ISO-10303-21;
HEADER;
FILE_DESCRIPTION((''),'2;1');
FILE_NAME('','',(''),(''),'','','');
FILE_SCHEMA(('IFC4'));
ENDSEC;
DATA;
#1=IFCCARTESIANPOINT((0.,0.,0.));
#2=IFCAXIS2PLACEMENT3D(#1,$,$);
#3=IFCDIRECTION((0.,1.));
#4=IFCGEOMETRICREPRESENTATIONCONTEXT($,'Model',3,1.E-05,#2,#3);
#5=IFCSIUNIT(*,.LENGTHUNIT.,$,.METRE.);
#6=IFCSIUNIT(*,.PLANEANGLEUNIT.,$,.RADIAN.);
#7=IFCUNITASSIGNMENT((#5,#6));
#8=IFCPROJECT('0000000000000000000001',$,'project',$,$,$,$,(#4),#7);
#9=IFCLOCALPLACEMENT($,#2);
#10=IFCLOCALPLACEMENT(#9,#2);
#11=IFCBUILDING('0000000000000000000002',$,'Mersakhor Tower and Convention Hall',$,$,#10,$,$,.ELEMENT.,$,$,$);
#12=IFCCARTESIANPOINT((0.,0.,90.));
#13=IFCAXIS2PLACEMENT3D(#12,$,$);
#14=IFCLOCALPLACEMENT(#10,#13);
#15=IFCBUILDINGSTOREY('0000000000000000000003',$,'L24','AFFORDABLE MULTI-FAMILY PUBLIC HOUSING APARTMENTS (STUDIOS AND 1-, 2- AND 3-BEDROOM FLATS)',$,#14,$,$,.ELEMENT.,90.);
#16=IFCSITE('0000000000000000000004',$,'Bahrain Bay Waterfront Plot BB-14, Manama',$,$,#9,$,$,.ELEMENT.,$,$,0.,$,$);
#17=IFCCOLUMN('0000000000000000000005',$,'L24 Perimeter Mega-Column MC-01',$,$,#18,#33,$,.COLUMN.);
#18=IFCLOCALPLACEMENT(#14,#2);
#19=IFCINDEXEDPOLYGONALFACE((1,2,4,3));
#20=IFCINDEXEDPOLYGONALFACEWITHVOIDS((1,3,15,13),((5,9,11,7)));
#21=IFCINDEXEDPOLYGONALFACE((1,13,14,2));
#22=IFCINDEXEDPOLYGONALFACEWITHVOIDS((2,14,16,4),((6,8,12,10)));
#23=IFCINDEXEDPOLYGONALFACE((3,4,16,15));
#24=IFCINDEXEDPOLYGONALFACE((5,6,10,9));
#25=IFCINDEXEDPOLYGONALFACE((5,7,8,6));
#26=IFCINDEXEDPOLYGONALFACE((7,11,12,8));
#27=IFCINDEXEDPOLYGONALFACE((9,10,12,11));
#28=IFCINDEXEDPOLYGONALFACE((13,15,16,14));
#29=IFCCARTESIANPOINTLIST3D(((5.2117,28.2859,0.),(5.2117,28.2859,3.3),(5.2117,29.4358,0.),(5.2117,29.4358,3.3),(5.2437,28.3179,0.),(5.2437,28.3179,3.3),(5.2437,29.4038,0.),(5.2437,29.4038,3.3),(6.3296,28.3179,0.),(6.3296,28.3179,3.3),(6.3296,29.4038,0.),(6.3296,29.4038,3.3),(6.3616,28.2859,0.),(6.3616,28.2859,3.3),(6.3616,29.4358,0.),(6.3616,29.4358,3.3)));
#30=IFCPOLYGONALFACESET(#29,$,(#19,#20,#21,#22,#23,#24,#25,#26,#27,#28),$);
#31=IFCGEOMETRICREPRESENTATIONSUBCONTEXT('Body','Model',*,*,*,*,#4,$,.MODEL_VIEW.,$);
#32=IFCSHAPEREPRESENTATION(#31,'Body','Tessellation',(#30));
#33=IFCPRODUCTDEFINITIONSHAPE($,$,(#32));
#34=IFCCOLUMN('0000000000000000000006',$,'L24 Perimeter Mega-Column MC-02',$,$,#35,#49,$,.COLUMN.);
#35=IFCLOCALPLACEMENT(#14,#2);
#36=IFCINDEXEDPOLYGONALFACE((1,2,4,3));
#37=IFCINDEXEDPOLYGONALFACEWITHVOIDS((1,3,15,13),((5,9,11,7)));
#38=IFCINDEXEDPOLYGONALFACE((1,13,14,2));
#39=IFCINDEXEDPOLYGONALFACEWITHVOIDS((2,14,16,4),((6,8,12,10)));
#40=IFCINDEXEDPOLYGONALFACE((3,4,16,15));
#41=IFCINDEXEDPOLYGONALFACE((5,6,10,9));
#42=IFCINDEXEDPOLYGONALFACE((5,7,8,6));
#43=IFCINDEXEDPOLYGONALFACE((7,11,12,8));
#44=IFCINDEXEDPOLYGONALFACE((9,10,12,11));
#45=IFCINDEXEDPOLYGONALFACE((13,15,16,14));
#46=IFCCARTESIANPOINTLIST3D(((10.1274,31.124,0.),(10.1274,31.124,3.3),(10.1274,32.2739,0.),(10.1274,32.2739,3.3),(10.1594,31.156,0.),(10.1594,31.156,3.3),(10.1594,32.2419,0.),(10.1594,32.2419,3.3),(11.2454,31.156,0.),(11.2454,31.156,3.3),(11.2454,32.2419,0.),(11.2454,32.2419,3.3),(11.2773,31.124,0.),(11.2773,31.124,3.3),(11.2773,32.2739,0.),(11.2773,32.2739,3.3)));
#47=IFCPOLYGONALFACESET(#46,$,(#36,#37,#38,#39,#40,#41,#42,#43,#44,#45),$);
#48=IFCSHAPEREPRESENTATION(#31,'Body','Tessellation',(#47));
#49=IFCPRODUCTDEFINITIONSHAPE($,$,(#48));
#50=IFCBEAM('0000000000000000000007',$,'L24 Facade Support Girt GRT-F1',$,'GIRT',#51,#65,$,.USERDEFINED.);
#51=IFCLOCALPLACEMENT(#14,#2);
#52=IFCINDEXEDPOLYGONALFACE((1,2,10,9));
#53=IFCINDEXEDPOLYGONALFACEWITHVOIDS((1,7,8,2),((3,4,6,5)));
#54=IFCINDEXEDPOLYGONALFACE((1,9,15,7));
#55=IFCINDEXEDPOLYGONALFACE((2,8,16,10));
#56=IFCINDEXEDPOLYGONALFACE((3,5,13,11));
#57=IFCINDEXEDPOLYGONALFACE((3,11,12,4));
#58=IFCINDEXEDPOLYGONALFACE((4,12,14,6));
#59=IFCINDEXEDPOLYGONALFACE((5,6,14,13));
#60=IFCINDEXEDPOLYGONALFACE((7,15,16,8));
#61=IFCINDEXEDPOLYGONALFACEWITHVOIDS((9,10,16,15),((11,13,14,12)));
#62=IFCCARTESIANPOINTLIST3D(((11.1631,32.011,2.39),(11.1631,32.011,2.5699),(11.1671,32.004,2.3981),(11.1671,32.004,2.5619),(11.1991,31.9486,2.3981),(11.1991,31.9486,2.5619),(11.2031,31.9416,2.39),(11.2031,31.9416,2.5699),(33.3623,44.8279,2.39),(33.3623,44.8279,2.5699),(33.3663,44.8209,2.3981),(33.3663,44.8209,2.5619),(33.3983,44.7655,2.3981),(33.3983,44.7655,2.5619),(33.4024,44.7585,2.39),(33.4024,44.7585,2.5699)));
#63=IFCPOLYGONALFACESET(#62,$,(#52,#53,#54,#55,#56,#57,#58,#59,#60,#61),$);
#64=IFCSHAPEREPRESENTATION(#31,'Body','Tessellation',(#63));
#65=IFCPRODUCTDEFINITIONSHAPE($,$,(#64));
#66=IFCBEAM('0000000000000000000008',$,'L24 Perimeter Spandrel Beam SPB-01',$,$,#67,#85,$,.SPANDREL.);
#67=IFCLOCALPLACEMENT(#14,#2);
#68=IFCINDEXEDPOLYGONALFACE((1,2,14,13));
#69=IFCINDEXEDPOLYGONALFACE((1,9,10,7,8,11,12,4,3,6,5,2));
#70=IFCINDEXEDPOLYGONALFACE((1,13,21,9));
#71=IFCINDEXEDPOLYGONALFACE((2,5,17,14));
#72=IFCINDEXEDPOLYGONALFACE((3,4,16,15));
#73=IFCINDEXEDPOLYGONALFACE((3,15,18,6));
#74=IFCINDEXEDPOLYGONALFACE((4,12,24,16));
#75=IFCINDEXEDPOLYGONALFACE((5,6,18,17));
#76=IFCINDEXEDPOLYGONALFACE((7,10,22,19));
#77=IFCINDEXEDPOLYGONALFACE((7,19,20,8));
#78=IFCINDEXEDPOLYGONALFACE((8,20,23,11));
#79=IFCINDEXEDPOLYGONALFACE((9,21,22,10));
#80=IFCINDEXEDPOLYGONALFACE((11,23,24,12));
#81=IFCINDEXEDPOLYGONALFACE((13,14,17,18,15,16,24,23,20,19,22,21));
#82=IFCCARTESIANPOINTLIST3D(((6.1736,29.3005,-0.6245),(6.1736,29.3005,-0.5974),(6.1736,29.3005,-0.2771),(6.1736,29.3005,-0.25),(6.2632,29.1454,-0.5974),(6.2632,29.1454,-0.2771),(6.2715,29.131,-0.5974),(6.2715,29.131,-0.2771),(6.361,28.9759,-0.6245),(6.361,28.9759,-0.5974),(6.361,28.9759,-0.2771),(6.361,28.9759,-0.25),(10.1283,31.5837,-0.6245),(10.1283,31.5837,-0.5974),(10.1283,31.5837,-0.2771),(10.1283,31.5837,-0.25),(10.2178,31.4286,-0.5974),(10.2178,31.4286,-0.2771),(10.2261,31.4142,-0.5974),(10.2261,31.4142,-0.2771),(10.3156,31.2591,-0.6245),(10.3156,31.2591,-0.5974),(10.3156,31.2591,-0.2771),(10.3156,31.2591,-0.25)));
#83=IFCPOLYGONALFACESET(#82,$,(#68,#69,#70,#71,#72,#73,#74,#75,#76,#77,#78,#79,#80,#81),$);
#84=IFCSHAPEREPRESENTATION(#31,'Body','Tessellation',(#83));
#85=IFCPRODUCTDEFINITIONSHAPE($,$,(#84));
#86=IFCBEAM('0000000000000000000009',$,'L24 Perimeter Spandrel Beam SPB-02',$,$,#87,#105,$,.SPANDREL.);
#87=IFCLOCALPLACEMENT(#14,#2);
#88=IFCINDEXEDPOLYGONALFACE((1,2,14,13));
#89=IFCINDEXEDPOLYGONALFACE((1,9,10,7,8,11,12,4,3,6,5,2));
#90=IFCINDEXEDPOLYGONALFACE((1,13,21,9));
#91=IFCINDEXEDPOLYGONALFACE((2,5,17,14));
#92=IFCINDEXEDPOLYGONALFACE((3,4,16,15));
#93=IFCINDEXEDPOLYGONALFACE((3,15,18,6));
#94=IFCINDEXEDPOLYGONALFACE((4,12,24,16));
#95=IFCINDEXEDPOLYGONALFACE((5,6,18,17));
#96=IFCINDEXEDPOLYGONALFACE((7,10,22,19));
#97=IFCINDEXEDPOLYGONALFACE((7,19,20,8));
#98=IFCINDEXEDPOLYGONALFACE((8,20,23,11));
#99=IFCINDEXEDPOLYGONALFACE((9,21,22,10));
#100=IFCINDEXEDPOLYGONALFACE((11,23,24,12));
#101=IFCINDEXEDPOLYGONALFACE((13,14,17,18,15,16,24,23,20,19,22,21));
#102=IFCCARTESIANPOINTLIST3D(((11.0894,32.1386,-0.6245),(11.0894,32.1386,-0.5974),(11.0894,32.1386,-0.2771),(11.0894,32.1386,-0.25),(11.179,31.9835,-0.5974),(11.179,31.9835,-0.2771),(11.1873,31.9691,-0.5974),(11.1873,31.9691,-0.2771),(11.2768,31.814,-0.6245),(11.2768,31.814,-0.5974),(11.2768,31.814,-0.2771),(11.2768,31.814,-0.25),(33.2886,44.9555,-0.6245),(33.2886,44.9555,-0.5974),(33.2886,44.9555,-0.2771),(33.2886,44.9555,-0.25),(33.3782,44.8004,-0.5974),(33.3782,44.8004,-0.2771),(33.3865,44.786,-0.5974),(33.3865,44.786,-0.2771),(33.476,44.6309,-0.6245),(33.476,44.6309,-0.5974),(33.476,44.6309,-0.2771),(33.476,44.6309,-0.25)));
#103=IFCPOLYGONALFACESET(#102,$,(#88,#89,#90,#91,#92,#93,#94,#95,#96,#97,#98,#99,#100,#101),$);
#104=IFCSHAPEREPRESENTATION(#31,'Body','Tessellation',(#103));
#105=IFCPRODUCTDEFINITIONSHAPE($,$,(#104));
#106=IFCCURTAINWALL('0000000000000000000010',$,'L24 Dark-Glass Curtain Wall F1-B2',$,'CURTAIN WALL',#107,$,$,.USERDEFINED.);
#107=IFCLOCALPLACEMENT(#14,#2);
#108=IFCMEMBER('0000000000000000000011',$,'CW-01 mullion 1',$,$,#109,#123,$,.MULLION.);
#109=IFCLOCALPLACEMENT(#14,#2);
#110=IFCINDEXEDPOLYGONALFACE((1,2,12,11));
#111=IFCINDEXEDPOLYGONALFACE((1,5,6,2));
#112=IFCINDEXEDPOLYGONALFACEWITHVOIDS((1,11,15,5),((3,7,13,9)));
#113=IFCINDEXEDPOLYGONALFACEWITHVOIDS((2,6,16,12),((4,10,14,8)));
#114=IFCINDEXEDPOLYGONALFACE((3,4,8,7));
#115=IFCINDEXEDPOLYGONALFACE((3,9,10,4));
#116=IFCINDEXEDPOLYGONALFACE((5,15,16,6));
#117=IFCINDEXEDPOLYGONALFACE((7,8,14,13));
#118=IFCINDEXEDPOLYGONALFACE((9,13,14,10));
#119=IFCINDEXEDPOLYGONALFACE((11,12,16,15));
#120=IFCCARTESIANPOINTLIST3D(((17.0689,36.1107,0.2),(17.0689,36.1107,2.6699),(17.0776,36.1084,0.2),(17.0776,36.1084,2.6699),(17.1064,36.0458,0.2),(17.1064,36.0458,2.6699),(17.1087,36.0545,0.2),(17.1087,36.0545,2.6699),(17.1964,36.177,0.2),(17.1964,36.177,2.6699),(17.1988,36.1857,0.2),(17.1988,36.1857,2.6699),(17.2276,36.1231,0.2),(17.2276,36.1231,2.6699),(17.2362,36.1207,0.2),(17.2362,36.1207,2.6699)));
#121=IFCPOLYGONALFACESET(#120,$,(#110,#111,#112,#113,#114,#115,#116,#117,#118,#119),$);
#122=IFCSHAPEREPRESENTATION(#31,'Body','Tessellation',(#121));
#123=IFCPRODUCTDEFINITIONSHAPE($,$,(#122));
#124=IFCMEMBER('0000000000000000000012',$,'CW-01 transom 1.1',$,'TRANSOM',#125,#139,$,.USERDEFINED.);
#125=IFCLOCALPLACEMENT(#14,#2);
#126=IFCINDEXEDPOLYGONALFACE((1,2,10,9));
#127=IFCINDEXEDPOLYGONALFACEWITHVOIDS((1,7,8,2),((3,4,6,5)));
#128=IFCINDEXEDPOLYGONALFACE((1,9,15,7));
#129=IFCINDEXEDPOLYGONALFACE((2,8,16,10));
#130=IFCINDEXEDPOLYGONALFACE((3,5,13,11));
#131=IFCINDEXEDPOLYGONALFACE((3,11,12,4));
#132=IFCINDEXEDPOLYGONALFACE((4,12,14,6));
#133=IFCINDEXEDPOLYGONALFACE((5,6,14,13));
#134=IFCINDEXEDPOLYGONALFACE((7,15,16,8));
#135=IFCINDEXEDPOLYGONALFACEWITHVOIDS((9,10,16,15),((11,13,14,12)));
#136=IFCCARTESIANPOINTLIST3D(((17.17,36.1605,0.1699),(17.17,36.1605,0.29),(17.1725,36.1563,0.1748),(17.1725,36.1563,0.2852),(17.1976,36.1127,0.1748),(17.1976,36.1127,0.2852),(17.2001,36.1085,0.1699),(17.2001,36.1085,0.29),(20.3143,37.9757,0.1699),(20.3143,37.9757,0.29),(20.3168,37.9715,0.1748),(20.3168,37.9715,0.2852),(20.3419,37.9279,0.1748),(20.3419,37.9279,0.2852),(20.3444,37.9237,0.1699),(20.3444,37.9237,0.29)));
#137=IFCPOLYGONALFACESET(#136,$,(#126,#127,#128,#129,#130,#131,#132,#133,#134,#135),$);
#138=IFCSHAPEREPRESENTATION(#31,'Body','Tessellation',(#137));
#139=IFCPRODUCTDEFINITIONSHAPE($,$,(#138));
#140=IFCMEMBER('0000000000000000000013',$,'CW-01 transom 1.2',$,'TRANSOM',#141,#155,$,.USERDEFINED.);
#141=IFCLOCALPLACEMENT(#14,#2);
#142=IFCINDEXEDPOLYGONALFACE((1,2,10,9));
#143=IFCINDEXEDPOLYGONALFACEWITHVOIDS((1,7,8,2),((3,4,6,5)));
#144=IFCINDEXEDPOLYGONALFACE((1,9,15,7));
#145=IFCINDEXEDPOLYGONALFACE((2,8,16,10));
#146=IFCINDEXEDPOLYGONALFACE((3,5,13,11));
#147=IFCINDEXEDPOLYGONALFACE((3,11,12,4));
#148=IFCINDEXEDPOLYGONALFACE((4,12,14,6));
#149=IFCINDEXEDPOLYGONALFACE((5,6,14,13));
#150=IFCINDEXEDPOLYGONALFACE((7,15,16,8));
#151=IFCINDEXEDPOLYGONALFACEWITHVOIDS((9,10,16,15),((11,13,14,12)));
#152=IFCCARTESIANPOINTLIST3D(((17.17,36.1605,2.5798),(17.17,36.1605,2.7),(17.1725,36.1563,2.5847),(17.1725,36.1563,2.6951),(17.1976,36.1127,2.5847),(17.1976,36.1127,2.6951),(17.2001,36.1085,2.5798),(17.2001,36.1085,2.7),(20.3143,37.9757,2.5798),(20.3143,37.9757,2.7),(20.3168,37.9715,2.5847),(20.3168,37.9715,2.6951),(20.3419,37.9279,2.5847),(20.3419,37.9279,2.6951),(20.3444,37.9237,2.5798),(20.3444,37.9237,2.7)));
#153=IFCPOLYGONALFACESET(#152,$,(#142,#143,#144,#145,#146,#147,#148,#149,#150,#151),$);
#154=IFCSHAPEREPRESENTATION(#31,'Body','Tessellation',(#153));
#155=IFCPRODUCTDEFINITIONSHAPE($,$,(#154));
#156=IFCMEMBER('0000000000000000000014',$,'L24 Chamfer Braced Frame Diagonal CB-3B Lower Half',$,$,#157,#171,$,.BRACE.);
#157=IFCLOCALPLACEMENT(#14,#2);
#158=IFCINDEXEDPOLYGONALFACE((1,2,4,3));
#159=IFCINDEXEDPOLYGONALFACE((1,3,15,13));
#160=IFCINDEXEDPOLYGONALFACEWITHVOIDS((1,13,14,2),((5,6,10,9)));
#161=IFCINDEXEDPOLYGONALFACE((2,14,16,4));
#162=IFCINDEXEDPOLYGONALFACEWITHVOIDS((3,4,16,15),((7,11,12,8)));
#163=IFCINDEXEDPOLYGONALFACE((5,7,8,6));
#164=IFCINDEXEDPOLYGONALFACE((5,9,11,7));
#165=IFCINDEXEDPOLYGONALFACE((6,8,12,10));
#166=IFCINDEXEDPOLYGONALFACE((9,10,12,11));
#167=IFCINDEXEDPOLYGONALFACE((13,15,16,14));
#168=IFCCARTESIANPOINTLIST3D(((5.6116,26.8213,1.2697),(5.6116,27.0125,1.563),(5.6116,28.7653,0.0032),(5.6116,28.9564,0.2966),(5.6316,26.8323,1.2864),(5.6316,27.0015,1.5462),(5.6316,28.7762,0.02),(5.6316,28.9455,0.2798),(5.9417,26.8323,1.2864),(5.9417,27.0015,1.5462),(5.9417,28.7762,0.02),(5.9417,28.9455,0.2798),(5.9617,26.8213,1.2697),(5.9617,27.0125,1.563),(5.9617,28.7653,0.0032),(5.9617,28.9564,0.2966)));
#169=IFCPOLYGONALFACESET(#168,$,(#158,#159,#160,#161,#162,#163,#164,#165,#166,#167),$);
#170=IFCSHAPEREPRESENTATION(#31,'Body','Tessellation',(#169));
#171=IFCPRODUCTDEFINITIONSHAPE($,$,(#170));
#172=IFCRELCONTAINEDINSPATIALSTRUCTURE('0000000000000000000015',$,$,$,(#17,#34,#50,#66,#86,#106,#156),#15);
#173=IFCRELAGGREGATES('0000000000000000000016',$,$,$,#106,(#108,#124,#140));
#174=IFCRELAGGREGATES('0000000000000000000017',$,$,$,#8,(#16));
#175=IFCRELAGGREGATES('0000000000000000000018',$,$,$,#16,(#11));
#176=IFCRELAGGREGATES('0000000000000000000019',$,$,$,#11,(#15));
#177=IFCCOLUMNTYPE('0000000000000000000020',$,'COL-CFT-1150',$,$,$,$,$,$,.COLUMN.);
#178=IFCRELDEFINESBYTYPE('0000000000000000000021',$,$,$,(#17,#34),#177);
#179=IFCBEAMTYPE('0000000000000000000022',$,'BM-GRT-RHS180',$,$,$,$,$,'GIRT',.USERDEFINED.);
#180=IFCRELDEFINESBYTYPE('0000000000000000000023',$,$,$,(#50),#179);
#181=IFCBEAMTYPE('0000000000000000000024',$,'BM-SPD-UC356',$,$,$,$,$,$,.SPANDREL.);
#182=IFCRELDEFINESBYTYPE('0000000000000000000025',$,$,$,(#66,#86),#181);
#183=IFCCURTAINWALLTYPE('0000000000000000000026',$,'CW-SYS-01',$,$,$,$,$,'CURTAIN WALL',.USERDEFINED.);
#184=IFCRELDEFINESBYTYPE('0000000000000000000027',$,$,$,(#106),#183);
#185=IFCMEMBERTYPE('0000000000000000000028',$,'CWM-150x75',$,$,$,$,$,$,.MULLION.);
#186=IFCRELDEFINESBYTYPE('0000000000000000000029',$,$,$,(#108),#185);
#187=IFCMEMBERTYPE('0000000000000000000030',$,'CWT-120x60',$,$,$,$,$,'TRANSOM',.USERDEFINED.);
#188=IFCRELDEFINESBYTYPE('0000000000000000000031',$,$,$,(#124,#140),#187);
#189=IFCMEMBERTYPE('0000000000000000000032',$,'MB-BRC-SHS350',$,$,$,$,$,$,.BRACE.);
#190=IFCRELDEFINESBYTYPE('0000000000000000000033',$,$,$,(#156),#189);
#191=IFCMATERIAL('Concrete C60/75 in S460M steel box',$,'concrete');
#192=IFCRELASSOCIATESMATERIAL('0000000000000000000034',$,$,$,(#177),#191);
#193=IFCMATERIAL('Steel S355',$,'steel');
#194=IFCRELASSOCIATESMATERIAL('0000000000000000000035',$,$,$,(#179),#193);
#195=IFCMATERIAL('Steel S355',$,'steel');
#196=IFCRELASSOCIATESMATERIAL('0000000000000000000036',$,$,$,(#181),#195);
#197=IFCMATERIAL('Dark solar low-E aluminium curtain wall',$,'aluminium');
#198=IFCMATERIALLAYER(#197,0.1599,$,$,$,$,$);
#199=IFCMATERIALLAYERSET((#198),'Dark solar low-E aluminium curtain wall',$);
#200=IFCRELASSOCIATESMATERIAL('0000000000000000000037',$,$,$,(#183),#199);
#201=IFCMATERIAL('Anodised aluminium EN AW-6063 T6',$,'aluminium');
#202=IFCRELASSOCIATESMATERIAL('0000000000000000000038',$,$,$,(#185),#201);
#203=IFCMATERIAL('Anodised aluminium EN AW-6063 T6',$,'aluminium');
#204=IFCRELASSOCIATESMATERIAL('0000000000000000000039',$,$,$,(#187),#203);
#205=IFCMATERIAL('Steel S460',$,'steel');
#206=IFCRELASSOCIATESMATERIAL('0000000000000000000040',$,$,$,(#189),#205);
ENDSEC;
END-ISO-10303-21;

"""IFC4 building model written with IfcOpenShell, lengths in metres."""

from ifc_helpers import new_model, si_unit, direction, frame, origin, origin_2d, place, context, subcontext, project, spatial, hollow_rectangle, i_section, extrude, material, layer, layer_set, material_profile, profile_set, type_object, element, aggregate, save


model = new_model("IFC4")

# Units and contexts
model_context = context("Model", 3, precision=1e-05, world=origin(), true_north=direction((0.0, 1.0)))
body_context = subcontext(model_context, "Body", "Model", "MODEL_VIEW")
ifc_project = project(units=[si_unit("LENGTHUNIT", "METRE"), si_unit("PLANEANGLEUNIT", "RADIAN")], contexts=[model_context])

# Site, building, storey
site_placement = place(None, origin())
site = spatial("IfcSite", under=ifc_project, at=site_placement, Name="Bahrain Bay Waterfront Plot BB-14, Manama", CompositionType="ELEMENT", RefElevation=0.0)
building_placement = place(site_placement, origin())
building = spatial("IfcBuilding", under=site, at=building_placement, Name="Mersakhor Tower and Convention Hall", CompositionType="ELEMENT")
storey_placement = place(building_placement, frame((0.0, 0.0, 90.0)))
storey = spatial("IfcBuildingStorey", under=building, at=storey_placement, Name="L24", Description="AFFORDABLE MULTI-FAMILY PUBLIC HOUSING APARTMENTS (STUDIOS AND 1-, 2- AND 3-BEDROOM FLATS)", CompositionType="ELEMENT", Elevation=90.0)

# Columns
ifc_material_1 = material(Name="Concrete C60/75 in S460M steel box", Category="concrete")
ifc_material_profile_1 = material_profile(ifc_material_1, hollow_rectangle(XDim=1.1499, YDim=1.1499, WallThickness=0.032, at=origin_2d()), Name="SHS 1150x1150x32")
ifc_profile_set_1 = profile_set([ifc_material_profile_1], Name="Concrete C60/75 in S460M steel box")
column_type = type_object("IfcColumnType", Name="COL-CFT-1150", PredefinedType="COLUMN", material=ifc_profile_set_1)
for number, where, z_axis, x_axis, name in (
    (1, (5.7866, 28.8608, 0.0), (0.0, 0.0, 1.0), (1.0, 0.0, 0.0), "L24 Perimeter Mega-Column MC-01"),
    (2, (10.7024, 31.699, 0.0), (0.0, 0.0, 1.0), (1.0, 0.0, 0.0), "L24 Perimeter Mega-Column MC-02"),
):
    element("IfcColumn", number, at=place(storey_placement, frame(where, z_axis=z_axis, x_axis=x_axis)), inside=storey, type_object=column_type, Name=name, PredefinedType="COLUMN", context=body_context, shape_type="SweptSolid", body=[
        extrude(hollow_rectangle(XDim=1.1499, YDim=1.1499, WallThickness=0.032, at=origin_2d()), origin(), (0.0, 0.0, 1.0), 3.3),
    ])

# Beams
ifc_material_2 = material(Name="Steel S355", Category="steel")
ifc_material_profile_2 = material_profile(ifc_material_2, hollow_rectangle(XDim=0.0801, YDim=0.1799, WallThickness=0.0081, at=origin_2d()), Name="RHS 180x80x8")
ifc_profile_set_2 = profile_set([ifc_material_profile_2], Name="Steel S355")
beam_type_1 = type_object("IfcBeamType", Name="BM-GRT-RHS180", ElementType="GIRT", PredefinedType="USERDEFINED", material=ifc_profile_set_2)
beam_1_placement = place(storey_placement, frame((11.1831, 31.9763, 2.48), z_axis=(0.866023, 0.500005, 0.0), x_axis=(-0.500005, 0.866023, 0.0)))
element("IfcBeam", 3, at=beam_1_placement, inside=storey, type_object=beam_type_1, Name="L24 Facade Support Girt GRT-F1", ObjectType="GIRT", PredefinedType="USERDEFINED", context=body_context, shape_type="SweptSolid", body=[
    extrude(hollow_rectangle(XDim=0.0801, YDim=0.1799, WallThickness=0.0081, at=origin_2d()), origin(), (0.0, 0.0, 1.0), 25.6335),
])
ifc_material_3 = material(Name="Steel S355", Category="steel")
ifc_material_profile_3 = material_profile(ifc_material_3, i_section(OverallWidth=0.3748, OverallDepth=0.3745, WebThickness=0.0166, FlangeThickness=0.0271, at=origin_2d()), Name="UC 356x368x202")
ifc_profile_set_3 = profile_set([ifc_material_profile_3], Name="Steel S355")
beam_type_2 = type_object("IfcBeamType", Name="BM-SPD-UC356", PredefinedType="SPANDREL", material=ifc_profile_set_3)
beam_2_placement = place(storey_placement, frame((6.2673, 29.1382, -0.4373), z_axis=(0.866024, 0.500003, 0.0), x_axis=(-0.500003, 0.866024, 0.0)))
element("IfcBeam", 4, at=beam_2_placement, inside=storey, type_object=beam_type_2, Name="L24 Perimeter Spandrel Beam SPB-01", PredefinedType="SPANDREL", context=body_context, shape_type="SweptSolid", body=[
    extrude(i_section(OverallWidth=0.3748, OverallDepth=0.3745, WebThickness=0.0166, FlangeThickness=0.0271, at=origin_2d()), origin(), (0.0, 0.0, 1.0), 4.5664),
])
beam_3_placement = place(storey_placement, frame((11.1831, 31.9763, -0.4373), z_axis=(0.866023, 0.500005, 0.0), x_axis=(-0.500005, 0.866023, 0.0)))
element("IfcBeam", 5, at=beam_3_placement, inside=storey, type_object=beam_type_2, Name="L24 Perimeter Spandrel Beam SPB-02", PredefinedType="SPANDREL", context=body_context, shape_type="SweptSolid", body=[
    extrude(i_section(OverallWidth=0.3748, OverallDepth=0.3745, WebThickness=0.0166, FlangeThickness=0.0271, at=origin_2d()), origin(), (0.0, 0.0, 1.0), 25.6335),
])

# Curtain wall, members
ifc_material_4 = material(Name="Dark solar low-E aluminium curtain wall", Category="aluminium")
ifc_layer_1 = layer(ifc_material_4, 0.1599)
ifc_layer_set_1 = layer_set([ifc_layer_1], Name="Dark solar low-E aluminium curtain wall")
curtain_wall_type = type_object("IfcCurtainWallType", Name="CW-SYS-01", ElementType="CURTAIN WALL", PredefinedType="USERDEFINED", material=ifc_layer_set_1)
curtain_wall_placement = place(storey_placement, origin())
curtain_wall = element("IfcCurtainWall", 6, at=curtain_wall_placement, inside=storey, type_object=curtain_wall_type, Name="L24 Dark-Glass Curtain Wall F1-B2", ObjectType="CURTAIN WALL", PredefinedType="USERDEFINED")
ifc_material_5 = material(Name="Anodised aluminium EN AW-6063 T6", Category="aluminium")
ifc_material_profile_4 = material_profile(ifc_material_5, hollow_rectangle(XDim=0.075, YDim=0.1499, WallThickness=0.0063, at=origin_2d()), Name="RHS 150x75x6.3")
ifc_profile_set_4 = profile_set([ifc_material_profile_4], Name="Anodised aluminium EN AW-6063 T6")
member_type_1 = type_object("IfcMemberType", Name="CWM-150x75", PredefinedType="MULLION", material=ifc_profile_set_4)
member_1_placement = place(storey_placement, frame((17.1526, 36.1157, 0.2), z_axis=(0.0, 0.0, 1.0), x_axis=(-0.499998, 0.866027, 0.0)))
member_1 = element("IfcMember", 7, at=member_1_placement, type_object=member_type_1, Name="CW-01 mullion 1", PredefinedType="MULLION", context=body_context, shape_type="SweptSolid", body=[
    extrude(hollow_rectangle(XDim=0.075, YDim=0.1499, WallThickness=0.0063, at=origin_2d()), origin(), (0.0, 0.0, 1.0), 2.47),
])
ifc_material_6 = material(Name="Anodised aluminium EN AW-6063 T6", Category="aluminium")
ifc_material_profile_5 = material_profile(ifc_material_6, hollow_rectangle(XDim=0.0601, YDim=0.1201, WallThickness=0.0049, at=origin_2d()), Name="RHS 120x60x5")
ifc_profile_set_5 = profile_set([ifc_material_profile_5], Name="Anodised aluminium EN AW-6063 T6")
member_type_2 = type_object("IfcMemberType", Name="CWT-120x60", ElementType="TRANSOM", PredefinedType="USERDEFINED", material=ifc_profile_set_5)
member_2_placement = place(storey_placement, frame((17.1851, 36.1345, 0.23), z_axis=(0.866046, 0.499965, 0.0), x_axis=(-0.499965, 0.866046, 0.0)))
member_2 = element("IfcMember", 8, at=member_2_placement, type_object=member_type_2, Name="CW-01 transom 1.1", ObjectType="TRANSOM", PredefinedType="USERDEFINED", context=body_context, shape_type="SweptSolid", body=[
    extrude(hollow_rectangle(XDim=0.0601, YDim=0.1201, WallThickness=0.0049, at=origin_2d()), origin(), (0.0, 0.0, 1.0), 3.6306),
])
member_3_placement = place(storey_placement, frame((17.1851, 36.1345, 2.6399), z_axis=(0.866046, 0.499965, 0.0), x_axis=(-0.499965, 0.866046, 0.0)))
member_3 = element("IfcMember", 9, at=member_3_placement, type_object=member_type_2, Name="CW-01 transom 1.2", ObjectType="TRANSOM", PredefinedType="USERDEFINED", context=body_context, shape_type="SweptSolid", body=[
    extrude(hollow_rectangle(XDim=0.0601, YDim=0.1201, WallThickness=0.0049, at=origin_2d()), origin(), (0.0, 0.0, 1.0), 3.6306),
])

# Member
ifc_material_7 = material(Name="Steel S460", Category="steel")
ifc_material_profile_6 = material_profile(ifc_material_7, hollow_rectangle(XDim=0.3501, YDim=0.3501, WallThickness=0.02, at=origin_2d()), Name="SHS 350x350x20")
ifc_profile_set_6 = profile_set([ifc_material_profile_6], Name="Steel S460")
member_type_3 = type_object("IfcMemberType", Name="MB-BRC-SHS350", PredefinedType="BRACE", material=ifc_profile_set_6)
member_4_placement = place(storey_placement, frame((5.7866, 28.8608, 0.1499), z_axis=(0.0, -0.837881, 0.545854), x_axis=(1.0, 0.0, 0.0)))
element("IfcMember", 10, at=member_4_placement, inside=storey, type_object=member_type_3, Name="L24 Chamfer Braced Frame Diagonal CB-3B Lower Half", PredefinedType="BRACE", context=body_context, shape_type="SweptSolid", body=[
    extrude(hollow_rectangle(XDim=0.3501, YDim=0.3501, WallThickness=0.02, at=origin_2d()), origin(), (0.0, 0.0, 1.0), 2.3201),
])

aggregate(curtain_wall, [member_1, member_2, member_3])

save(model, "model.ifc")
